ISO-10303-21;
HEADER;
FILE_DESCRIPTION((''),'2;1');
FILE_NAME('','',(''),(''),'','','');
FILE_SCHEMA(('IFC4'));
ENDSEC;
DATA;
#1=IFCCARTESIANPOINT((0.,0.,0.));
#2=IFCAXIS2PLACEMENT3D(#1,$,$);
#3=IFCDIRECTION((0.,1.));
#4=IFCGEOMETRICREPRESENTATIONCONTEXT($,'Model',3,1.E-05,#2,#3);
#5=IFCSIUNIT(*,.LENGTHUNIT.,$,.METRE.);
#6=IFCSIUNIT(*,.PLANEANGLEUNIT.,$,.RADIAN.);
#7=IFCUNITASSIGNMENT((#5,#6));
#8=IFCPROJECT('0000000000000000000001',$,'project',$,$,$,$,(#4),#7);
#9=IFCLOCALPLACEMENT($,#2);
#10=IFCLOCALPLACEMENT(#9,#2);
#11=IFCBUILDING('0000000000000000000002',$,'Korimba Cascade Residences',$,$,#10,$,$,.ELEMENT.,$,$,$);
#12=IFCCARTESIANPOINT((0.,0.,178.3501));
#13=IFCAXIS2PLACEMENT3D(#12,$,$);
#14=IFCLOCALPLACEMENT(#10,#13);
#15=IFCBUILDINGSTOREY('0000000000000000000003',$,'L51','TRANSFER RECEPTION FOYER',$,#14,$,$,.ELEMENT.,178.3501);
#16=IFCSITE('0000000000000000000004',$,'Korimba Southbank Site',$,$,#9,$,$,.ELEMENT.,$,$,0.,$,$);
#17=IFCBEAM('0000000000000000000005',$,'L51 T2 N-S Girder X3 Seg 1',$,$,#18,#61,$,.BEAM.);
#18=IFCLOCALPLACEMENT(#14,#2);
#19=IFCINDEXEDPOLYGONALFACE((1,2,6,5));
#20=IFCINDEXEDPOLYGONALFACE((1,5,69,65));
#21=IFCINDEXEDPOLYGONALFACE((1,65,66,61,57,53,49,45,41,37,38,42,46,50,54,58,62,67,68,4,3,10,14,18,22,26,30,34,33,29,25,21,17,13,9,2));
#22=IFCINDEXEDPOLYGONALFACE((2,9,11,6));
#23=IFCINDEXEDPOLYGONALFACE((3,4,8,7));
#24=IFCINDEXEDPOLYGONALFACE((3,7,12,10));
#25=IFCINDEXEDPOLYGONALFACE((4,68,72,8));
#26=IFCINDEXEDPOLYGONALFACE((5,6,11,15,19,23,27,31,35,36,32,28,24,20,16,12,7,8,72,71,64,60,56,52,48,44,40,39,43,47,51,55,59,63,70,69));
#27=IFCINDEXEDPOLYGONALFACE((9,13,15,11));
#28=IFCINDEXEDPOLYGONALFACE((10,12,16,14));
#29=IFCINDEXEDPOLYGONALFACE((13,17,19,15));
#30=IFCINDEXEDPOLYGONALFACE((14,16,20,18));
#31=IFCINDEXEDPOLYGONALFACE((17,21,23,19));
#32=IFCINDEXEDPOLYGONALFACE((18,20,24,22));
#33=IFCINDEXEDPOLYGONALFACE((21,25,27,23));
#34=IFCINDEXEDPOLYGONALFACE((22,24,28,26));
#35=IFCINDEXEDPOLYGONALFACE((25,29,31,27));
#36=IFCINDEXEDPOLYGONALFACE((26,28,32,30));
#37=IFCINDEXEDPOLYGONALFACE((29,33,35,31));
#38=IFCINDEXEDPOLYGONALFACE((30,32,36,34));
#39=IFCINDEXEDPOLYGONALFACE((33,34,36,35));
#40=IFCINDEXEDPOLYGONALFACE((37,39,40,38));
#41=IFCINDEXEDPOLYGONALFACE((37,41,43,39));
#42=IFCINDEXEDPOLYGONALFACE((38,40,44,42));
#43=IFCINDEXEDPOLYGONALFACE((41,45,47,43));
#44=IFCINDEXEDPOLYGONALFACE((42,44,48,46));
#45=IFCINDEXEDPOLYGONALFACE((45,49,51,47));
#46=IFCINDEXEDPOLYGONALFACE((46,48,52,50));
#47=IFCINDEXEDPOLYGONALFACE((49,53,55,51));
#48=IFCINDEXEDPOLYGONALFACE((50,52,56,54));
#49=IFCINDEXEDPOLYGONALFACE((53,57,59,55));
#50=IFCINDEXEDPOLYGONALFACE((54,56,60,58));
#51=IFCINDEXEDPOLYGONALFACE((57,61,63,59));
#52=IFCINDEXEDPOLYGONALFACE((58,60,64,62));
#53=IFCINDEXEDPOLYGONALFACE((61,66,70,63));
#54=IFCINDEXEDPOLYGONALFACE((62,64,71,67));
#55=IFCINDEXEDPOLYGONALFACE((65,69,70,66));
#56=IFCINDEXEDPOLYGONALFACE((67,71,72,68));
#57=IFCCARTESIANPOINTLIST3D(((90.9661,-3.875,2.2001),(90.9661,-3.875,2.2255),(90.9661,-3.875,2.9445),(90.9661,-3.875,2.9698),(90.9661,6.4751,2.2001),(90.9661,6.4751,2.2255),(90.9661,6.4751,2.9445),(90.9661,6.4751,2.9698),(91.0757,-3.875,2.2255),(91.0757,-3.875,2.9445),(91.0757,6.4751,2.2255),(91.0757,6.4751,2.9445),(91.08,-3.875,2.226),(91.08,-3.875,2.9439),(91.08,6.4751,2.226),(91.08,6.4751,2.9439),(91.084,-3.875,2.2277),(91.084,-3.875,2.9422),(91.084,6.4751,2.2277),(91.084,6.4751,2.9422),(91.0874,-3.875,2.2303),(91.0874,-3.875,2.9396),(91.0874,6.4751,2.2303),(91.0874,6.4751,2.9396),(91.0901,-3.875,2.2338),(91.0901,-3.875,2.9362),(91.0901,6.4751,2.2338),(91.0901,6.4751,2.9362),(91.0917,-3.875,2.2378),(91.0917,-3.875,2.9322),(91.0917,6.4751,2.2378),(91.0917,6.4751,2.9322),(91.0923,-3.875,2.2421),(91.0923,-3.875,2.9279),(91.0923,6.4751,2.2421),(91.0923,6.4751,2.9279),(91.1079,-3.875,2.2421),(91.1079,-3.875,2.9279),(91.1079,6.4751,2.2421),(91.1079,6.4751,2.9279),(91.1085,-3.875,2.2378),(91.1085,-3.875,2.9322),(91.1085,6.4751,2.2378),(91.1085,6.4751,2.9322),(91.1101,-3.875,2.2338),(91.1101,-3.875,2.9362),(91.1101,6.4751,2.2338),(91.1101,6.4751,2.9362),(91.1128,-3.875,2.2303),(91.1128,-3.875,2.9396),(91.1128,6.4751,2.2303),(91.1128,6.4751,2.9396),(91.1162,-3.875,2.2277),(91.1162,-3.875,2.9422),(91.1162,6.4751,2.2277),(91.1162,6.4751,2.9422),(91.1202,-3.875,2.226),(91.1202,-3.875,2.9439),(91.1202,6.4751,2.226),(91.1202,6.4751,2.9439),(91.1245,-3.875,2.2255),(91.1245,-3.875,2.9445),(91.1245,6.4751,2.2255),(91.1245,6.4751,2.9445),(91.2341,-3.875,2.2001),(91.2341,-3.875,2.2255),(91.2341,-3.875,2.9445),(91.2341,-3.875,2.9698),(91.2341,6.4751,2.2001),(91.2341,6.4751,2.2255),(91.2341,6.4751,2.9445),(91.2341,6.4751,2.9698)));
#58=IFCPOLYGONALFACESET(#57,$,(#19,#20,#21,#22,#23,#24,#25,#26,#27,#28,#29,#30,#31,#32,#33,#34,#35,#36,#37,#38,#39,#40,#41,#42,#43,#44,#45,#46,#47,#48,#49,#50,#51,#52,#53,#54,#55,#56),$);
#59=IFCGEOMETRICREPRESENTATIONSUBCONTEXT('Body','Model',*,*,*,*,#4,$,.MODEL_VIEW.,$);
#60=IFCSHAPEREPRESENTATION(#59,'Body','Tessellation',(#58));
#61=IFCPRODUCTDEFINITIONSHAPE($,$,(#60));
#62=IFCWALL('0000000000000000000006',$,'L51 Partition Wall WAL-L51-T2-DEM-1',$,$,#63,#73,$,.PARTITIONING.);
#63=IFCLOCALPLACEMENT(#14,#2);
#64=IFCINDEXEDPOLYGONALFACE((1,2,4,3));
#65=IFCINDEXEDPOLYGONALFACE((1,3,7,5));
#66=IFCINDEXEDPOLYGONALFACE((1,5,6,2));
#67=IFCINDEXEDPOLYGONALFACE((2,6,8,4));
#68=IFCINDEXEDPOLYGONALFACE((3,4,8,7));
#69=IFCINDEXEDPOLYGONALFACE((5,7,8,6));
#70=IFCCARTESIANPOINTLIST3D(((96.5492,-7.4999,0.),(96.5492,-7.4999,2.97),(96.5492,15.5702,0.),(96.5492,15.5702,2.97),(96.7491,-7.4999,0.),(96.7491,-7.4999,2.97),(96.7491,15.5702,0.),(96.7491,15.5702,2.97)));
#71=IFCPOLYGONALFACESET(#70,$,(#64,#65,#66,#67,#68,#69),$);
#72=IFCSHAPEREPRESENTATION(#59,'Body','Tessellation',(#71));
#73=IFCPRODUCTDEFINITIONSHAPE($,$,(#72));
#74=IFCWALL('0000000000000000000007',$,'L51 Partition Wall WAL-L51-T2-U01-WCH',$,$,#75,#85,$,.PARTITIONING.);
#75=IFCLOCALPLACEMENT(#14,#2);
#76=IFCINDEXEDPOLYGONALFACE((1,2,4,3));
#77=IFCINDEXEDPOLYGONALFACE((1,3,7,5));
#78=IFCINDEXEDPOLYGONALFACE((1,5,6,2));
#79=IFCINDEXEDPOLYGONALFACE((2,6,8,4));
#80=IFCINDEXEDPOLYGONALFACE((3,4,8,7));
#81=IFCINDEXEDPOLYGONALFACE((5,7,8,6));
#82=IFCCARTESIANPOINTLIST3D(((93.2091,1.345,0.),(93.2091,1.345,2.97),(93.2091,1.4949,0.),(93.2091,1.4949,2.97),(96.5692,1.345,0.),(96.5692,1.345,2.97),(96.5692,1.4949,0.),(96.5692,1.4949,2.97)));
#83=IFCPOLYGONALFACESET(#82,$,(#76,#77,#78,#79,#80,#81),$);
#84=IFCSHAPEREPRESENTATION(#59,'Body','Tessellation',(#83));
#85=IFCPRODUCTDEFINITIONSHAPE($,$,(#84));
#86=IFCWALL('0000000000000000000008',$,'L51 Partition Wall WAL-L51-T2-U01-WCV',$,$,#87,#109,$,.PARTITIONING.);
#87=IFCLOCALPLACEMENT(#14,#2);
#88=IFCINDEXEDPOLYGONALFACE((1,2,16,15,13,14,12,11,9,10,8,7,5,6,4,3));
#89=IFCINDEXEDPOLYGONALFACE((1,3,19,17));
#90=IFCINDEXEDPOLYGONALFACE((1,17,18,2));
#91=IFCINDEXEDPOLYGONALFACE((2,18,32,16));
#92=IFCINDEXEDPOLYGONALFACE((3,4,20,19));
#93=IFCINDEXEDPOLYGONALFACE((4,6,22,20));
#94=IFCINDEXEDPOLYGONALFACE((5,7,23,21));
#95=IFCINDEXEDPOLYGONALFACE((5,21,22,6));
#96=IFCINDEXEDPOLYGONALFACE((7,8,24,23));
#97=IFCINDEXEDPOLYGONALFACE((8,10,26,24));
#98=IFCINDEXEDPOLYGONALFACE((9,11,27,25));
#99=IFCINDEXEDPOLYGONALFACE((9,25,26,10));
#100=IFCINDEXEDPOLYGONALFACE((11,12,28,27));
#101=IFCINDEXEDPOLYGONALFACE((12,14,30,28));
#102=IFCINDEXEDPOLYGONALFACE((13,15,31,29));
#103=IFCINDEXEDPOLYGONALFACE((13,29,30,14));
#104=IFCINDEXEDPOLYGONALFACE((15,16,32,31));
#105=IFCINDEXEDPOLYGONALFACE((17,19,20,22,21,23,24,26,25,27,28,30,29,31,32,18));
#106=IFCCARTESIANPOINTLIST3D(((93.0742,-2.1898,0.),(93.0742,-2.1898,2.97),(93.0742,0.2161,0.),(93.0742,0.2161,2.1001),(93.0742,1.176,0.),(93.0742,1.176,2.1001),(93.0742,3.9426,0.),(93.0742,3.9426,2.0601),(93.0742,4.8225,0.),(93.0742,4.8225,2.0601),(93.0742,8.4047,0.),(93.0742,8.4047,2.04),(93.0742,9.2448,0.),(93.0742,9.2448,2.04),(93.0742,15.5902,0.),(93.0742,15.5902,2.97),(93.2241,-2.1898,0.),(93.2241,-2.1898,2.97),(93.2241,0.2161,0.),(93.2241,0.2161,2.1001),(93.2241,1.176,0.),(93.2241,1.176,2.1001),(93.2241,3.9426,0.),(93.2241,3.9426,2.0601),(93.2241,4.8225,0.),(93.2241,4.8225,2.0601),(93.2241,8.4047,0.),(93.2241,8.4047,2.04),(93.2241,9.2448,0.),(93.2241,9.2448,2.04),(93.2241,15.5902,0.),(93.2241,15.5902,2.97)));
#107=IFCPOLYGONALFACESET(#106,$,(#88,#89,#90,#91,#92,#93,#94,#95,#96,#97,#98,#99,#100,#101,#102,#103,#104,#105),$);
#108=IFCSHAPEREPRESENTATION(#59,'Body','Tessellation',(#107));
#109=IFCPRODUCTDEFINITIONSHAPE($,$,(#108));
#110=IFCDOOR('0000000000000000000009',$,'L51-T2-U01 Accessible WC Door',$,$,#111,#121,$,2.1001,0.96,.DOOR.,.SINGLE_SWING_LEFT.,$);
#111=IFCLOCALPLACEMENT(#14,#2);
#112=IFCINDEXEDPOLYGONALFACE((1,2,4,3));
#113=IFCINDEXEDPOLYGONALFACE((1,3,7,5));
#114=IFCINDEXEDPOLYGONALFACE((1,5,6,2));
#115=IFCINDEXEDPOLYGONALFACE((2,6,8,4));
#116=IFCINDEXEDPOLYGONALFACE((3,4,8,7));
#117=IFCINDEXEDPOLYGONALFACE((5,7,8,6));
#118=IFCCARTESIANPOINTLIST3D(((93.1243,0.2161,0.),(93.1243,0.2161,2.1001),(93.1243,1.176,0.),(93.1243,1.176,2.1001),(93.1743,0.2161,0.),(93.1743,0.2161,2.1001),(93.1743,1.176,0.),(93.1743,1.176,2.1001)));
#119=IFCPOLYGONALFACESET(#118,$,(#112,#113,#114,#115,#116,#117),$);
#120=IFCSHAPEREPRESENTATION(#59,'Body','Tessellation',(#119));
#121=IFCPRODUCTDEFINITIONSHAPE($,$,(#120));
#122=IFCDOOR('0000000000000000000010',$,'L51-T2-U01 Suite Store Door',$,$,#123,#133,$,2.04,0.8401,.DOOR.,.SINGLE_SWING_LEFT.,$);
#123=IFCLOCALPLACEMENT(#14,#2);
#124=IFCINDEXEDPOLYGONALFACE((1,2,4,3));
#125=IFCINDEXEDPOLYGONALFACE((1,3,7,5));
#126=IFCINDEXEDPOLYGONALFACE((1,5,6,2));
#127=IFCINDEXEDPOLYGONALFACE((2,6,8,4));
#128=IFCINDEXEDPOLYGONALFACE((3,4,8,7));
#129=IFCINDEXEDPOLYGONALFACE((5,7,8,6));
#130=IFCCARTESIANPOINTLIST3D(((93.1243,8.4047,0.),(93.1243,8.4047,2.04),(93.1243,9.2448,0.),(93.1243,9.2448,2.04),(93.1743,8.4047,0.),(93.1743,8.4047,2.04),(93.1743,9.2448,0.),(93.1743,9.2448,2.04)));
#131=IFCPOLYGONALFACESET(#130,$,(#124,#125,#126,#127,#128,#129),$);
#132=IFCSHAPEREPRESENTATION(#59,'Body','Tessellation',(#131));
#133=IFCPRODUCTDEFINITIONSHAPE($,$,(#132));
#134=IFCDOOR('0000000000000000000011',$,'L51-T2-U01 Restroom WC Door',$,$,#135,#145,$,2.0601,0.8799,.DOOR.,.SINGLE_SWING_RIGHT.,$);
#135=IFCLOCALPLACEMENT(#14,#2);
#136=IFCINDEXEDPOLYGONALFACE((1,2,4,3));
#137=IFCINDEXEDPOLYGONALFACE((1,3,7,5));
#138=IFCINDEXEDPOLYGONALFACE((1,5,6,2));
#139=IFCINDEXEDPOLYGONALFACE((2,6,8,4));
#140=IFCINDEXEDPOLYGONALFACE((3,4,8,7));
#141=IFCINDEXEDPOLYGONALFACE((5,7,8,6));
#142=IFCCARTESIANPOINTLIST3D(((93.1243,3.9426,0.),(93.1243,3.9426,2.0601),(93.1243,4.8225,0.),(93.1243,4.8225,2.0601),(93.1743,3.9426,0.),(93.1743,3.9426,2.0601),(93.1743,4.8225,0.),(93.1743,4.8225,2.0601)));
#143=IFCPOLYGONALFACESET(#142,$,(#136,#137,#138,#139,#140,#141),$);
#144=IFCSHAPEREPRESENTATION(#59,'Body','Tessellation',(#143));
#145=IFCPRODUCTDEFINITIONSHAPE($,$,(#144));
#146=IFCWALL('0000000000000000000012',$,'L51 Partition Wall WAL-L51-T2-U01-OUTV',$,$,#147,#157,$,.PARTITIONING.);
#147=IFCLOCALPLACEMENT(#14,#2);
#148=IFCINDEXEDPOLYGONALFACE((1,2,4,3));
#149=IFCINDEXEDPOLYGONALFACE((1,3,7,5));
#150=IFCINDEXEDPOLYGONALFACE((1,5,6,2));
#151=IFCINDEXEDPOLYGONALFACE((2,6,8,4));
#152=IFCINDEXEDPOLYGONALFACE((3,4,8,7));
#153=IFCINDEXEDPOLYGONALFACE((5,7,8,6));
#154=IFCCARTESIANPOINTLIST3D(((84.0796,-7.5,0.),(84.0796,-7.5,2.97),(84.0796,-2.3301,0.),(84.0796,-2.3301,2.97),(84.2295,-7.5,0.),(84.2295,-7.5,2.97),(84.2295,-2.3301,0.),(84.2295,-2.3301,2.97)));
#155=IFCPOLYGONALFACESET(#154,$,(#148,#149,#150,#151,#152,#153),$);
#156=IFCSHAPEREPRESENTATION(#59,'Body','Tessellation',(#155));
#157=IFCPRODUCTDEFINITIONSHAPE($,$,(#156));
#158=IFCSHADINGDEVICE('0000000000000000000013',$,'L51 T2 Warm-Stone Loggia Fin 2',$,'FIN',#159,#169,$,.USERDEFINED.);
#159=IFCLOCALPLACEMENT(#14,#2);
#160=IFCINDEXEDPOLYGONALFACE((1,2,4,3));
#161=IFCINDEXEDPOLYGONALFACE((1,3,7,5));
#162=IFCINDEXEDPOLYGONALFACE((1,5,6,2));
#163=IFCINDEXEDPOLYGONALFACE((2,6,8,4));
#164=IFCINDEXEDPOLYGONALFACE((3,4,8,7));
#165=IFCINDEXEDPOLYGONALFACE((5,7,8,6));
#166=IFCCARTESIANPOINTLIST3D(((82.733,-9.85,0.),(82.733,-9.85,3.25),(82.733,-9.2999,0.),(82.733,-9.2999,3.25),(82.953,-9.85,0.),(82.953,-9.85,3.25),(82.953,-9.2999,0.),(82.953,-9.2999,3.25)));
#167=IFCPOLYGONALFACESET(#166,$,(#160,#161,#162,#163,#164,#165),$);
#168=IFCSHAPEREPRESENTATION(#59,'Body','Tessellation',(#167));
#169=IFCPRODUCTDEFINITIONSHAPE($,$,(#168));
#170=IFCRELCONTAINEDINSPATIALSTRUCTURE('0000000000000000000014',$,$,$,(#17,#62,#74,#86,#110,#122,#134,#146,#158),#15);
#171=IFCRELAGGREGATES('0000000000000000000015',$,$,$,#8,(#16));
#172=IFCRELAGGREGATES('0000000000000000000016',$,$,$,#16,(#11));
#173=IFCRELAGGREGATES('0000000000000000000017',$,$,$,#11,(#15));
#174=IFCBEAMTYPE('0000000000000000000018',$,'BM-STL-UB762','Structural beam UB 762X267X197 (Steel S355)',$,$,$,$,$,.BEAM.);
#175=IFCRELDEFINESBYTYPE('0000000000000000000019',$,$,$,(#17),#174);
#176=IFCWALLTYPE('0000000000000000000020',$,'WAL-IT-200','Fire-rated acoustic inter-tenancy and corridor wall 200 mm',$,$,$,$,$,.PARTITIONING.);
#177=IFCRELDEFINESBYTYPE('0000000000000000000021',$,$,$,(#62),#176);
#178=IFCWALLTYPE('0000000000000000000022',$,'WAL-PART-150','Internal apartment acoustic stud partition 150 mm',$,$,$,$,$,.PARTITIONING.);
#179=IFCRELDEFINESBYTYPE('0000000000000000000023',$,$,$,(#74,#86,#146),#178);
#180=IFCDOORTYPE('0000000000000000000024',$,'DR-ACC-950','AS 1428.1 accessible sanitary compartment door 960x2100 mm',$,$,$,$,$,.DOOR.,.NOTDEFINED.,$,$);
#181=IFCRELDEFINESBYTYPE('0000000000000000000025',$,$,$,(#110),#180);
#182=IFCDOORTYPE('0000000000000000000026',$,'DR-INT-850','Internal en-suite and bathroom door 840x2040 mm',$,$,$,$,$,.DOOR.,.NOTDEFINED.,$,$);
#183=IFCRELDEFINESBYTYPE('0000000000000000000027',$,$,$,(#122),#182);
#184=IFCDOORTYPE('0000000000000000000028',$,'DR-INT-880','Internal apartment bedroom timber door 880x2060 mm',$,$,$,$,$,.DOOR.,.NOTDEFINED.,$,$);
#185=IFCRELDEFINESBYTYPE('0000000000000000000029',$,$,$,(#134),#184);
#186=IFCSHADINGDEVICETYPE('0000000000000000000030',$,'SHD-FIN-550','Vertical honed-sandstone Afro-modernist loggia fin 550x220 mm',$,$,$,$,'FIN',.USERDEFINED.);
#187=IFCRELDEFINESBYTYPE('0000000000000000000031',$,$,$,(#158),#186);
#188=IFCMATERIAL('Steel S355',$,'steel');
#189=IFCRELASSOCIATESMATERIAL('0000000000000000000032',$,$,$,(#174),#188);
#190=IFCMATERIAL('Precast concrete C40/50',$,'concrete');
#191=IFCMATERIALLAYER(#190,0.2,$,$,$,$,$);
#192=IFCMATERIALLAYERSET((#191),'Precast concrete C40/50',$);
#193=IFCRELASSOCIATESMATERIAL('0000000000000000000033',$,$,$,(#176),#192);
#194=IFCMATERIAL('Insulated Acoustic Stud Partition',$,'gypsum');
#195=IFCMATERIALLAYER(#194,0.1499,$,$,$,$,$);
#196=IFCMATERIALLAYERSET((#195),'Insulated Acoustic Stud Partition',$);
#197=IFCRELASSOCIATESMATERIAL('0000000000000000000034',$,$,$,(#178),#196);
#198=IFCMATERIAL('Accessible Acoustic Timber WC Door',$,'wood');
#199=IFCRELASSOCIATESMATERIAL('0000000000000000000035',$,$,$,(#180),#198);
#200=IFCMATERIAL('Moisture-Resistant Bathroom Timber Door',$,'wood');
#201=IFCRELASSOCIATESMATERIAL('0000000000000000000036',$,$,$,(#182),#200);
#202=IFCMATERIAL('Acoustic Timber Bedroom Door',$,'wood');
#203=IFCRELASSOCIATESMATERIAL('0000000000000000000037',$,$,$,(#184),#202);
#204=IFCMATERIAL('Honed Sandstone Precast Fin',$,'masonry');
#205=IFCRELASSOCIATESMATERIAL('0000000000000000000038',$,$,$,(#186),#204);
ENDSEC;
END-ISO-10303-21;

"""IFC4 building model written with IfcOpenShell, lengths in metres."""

from ifc_helpers import new_model, si_unit, direction, frame, frame_2d, origin, origin_2d, place, context, subcontext, project, spatial, rectangle, i_section, extrude, material, layer, layer_set, material_profile, profile_set, type_object, element, fill, save


model = new_model("IFC4")

# Units and contexts
model_context = context("Model", 3, precision=1e-05, world=origin(), true_north=direction((0.0, 1.0)))
body_context = subcontext(model_context, "Body", "Model", "MODEL_VIEW")
ifc_project = project(units=[si_unit("LENGTHUNIT", "METRE"), si_unit("PLANEANGLEUNIT", "RADIAN")], contexts=[model_context])

# Site, building, storey
site_placement = place(None, origin())
site = spatial("IfcSite", under=ifc_project, at=site_placement, Name="Korimba Southbank Site", CompositionType="ELEMENT", RefElevation=0.0)
building_placement = place(site_placement, origin())
building = spatial("IfcBuilding", under=site, at=building_placement, Name="Korimba Cascade Residences", CompositionType="ELEMENT")
storey_placement = place(building_placement, frame((0.0, 0.0, 178.3501)))
storey = spatial("IfcBuildingStorey", under=building, at=storey_placement, Name="L51", Description="TRANSFER RECEPTION FOYER", CompositionType="ELEMENT", Elevation=178.3501)

# Beam
ifc_material_1 = material(Name="Steel S355", Category="steel")
ifc_material_profile_1 = material_profile(ifc_material_1, i_section(OverallWidth=0.2681, OverallDepth=0.7698, WebThickness=0.0156, FlangeThickness=0.0254, FilletRadius=0.0166, at=origin_2d()), Name="Steel S355")
ifc_profile_set_1 = profile_set([ifc_material_profile_1], Name="Steel S355")
beam_type_1 = type_object("IfcBeamType", Name="BM-STL-UB762", Description="Structural beam UB 762X267X197 (Steel S355)", PredefinedType="BEAM", material=ifc_profile_set_1)
for number, where, z_axis, x_axis, name in (
    (1, (91.1001, -3.875, 2.585), (0.0, 1.0, 0.0), (-1.0, 0.0, 0.0), "L51 T2 N-S Girder X3 Seg 1"),
):
    element("IfcBeam", number, at=place(storey_placement, frame(where, z_axis=z_axis, x_axis=x_axis)), inside=storey, type_object=beam_type_1, Name=name, PredefinedType="BEAM", context=body_context, shape_type="SweptSolid", body=[
        extrude(i_section(OverallWidth=0.2681, OverallDepth=0.7698, WebThickness=0.0156, FlangeThickness=0.0254, FilletRadius=0.0166, at=origin_2d()), origin(), (0.0, 0.0, 1.0), 10.3501),
    ])

# Walls
ifc_material_2 = material(Name="Precast concrete C40/50", Category="concrete")
ifc_layer_1 = layer(ifc_material_2, 0.2)
ifc_layer_set_1 = layer_set([ifc_layer_1], Name="Precast concrete C40/50")
wall_type_1 = type_object("IfcWallType", Name="WAL-IT-200", Description="Fire-rated acoustic inter-tenancy and corridor wall 200 mm", PredefinedType="PARTITIONING", material=ifc_layer_set_1)
wall_1_placement = place(storey_placement, frame((96.6492, -7.5, 0.0), z_axis=(0.0, 0.0, 1.0), x_axis=(0.0, 1.0, 0.0)))
element("IfcWall", 2, at=wall_1_placement, inside=storey, type_object=wall_type_1, Name="L51 Partition Wall WAL-L51-T2-DEM-1", PredefinedType="PARTITIONING", context=body_context, shape_type="SweptSolid", body=[
    extrude(rectangle(XDim=23.0701, YDim=0.2, at=frame_2d((11.5352, 0.0))), origin(), (0.0, 0.0, 1.0), 2.97),
])
ifc_material_3 = material(Name="Insulated Acoustic Stud Partition", Category="gypsum")
ifc_layer_2 = layer(ifc_material_3, 0.1499)
ifc_layer_set_2 = layer_set([ifc_layer_2], Name="Insulated Acoustic Stud Partition")
wall_type_2 = type_object("IfcWallType", Name="WAL-PART-150", Description="Internal apartment acoustic stud partition 150 mm", PredefinedType="PARTITIONING", material=ifc_layer_set_2)
wall_2_placement = place(storey_placement, frame((93.209, 1.4199, 0.0), z_axis=(0.0, 0.0, 1.0), x_axis=(1.0, 0.0, 0.0)))
element("IfcWall", 3, at=wall_2_placement, inside=storey, type_object=wall_type_2, Name="L51 Partition Wall WAL-L51-T2-U01-WCH", PredefinedType="PARTITIONING", context=body_context, shape_type="SweptSolid", body=[
    extrude(rectangle(XDim=3.3601, YDim=0.1499, at=frame_2d((1.6802, 0.0))), origin(), (0.0, 0.0, 1.0), 2.97),
])

# Wall, openings, doors
wall_3_placement = place(storey_placement, frame((93.1492, -2.1899, 0.0), z_axis=(0.0, 0.0, 1.0), x_axis=(0.0, 1.0, 0.0)))
wall_3 = element("IfcWall", 4, at=wall_3_placement, inside=storey, type_object=wall_type_2, Name="L51 Partition Wall WAL-L51-T2-U01-WCV", PredefinedType="PARTITIONING", context=body_context, shape_type="SweptSolid", body=[
    extrude(rectangle(XDim=17.78, YDim=0.1499, at=frame_2d((8.8901, 0.0))), origin(), (0.0, 0.0, 1.0), 2.97),
])
opening_1_placement = place(wall_3_placement, frame((2.406, 0.0, 0.0)))
opening_1 = element("IfcOpeningElement", 5, at=opening_1_placement, cuts=wall_3, PredefinedType="OPENING", context=body_context, shape_type="SweptSolid", body=[
    extrude(rectangle(XDim=0.96, YDim=2.1001, at=frame_2d((0.48, 1.05))), frame((0.0, 0.085, 0.0), z_axis=(0.0, -1.0, 0.0), x_axis=(1.0, 0.0, 0.0)), (0.0, 0.0, 1.0), 0.1699),
])
opening_2_placement = place(wall_3_placement, frame((6.1326, 0.0, 0.0)))
opening_2 = element("IfcOpeningElement", 6, at=opening_2_placement, cuts=wall_3, PredefinedType="OPENING", context=body_context, shape_type="SweptSolid", body=[
    extrude(rectangle(XDim=0.8799, YDim=2.0601, at=frame_2d((0.4399, 1.03))), frame((0.0, 0.085, 0.0), z_axis=(0.0, -1.0, 0.0), x_axis=(1.0, 0.0, 0.0)), (0.0, 0.0, 1.0), 0.1699),
])
opening_3_placement = place(wall_3_placement, frame((10.5947, 0.0, 0.0)))
opening_3 = element("IfcOpeningElement", 7, at=opening_3_placement, cuts=wall_3, PredefinedType="OPENING", context=body_context, shape_type="SweptSolid", body=[
    extrude(rectangle(XDim=0.8401, YDim=2.04, at=frame_2d((0.4199, 1.02))), frame((0.0, 0.085, 0.0), z_axis=(0.0, -1.0, 0.0), x_axis=(1.0, 0.0, 0.0)), (0.0, 0.0, 1.0), 0.1699),
])
ifc_material_4 = material(Name="Accessible Acoustic Timber WC Door", Category="wood")
door_type_1 = type_object("IfcDoorType", Name="DR-ACC-950", Description="AS 1428.1 accessible sanitary compartment door 960x2100 mm", OperationType="NOTDEFINED", PredefinedType="DOOR", material=ifc_material_4)
door_1_placement = place(opening_1_placement, origin())
door_1 = element("IfcDoor", 8, at=door_1_placement, inside=storey, type_object=door_type_1, Name="L51-T2-U01 Accessible WC Door", OperationType="SINGLE_SWING_LEFT", OverallHeight=2.1001, OverallWidth=0.96, PredefinedType="DOOR", context=body_context, shape_type="SweptSolid", body=[
    extrude(rectangle(XDim=0.96, YDim=2.1001, at=frame_2d((0.48, 1.05))), frame((0.0, 0.0249, 0.0), z_axis=(0.0, -1.0, 0.0), x_axis=(1.0, 0.0, 0.0)), (0.0, 0.0, 1.0), 0.05),
])
fill(opening_1, door_1)
ifc_material_5 = material(Name="Moisture-Resistant Bathroom Timber Door", Category="wood")
door_type_2 = type_object("IfcDoorType", Name="DR-INT-850", Description="Internal en-suite and bathroom door 840x2040 mm", OperationType="NOTDEFINED", PredefinedType="DOOR", material=ifc_material_5)
door_2_placement = place(opening_3_placement, origin())
door_2 = element("IfcDoor", 9, at=door_2_placement, inside=storey, type_object=door_type_2, Name="L51-T2-U01 Suite Store Door", OperationType="SINGLE_SWING_LEFT", OverallHeight=2.04, OverallWidth=0.8401, PredefinedType="DOOR", context=body_context, shape_type="SweptSolid", body=[
    extrude(rectangle(XDim=0.8401, YDim=2.04, at=frame_2d((0.4199, 1.02))), frame((0.0, 0.0249, 0.0), z_axis=(0.0, -1.0, 0.0), x_axis=(1.0, 0.0, 0.0)), (0.0, 0.0, 1.0), 0.05),
])
fill(opening_3, door_2)
ifc_material_6 = material(Name="Acoustic Timber Bedroom Door", Category="wood")
door_type_3 = type_object("IfcDoorType", Name="DR-INT-880", Description="Internal apartment bedroom timber door 880x2060 mm", OperationType="NOTDEFINED", PredefinedType="DOOR", material=ifc_material_6)
door_3_placement = place(opening_2_placement, origin())
door_3 = element("IfcDoor", 10, at=door_3_placement, inside=storey, type_object=door_type_3, Name="L51-T2-U01 Restroom WC Door", OperationType="SINGLE_SWING_RIGHT", OverallHeight=2.0601, OverallWidth=0.8799, PredefinedType="DOOR", context=body_context, shape_type="SweptSolid", body=[
    extrude(rectangle(XDim=0.8799, YDim=2.0601, at=frame_2d((0.4399, 1.03))), frame((0.0, 0.0249, 0.0), z_axis=(0.0, -1.0, 0.0), x_axis=(1.0, 0.0, 0.0)), (0.0, 0.0, 1.0), 0.05),
])
fill(opening_2, door_3)

# Wall
wall_4_placement = place(storey_placement, frame((84.1545, -7.5, 0.0), z_axis=(0.0, 0.0, 1.0), x_axis=(0.0, 1.0, 0.0)))
element("IfcWall", 11, at=wall_4_placement, inside=storey, type_object=wall_type_2, Name="L51 Partition Wall WAL-L51-T2-U01-OUTV", PredefinedType="PARTITIONING", context=body_context, shape_type="SweptSolid", body=[
    extrude(rectangle(XDim=5.1699, YDim=0.1499, at=frame_2d((2.585, 0.0))), origin(), (0.0, 0.0, 1.0), 2.97),
])

# Shading device
ifc_material_7 = material(Name="Honed Sandstone Precast Fin", Category="masonry")
shading_device_type = type_object("IfcShadingDeviceType", Name="SHD-FIN-550", Description="Vertical honed-sandstone Afro-modernist loggia fin 550x220 mm", ElementType="FIN", PredefinedType="USERDEFINED", material=ifc_material_7)
for number, where, z_axis, x_axis, name in (
    (12, (82.843, -9.575, 0.0), (0.0, 0.0, 1.0), (1.0, 0.0, 0.0), "L51 T2 Warm-Stone Loggia Fin 2"),
):
    element("IfcShadingDevice", number, at=place(storey_placement, frame(where, z_axis=z_axis, x_axis=x_axis)), inside=storey, type_object=shading_device_type, Name=name, ObjectType="FIN", PredefinedType="USERDEFINED", context=body_context, shape_type="SweptSolid", body=[
        extrude(rectangle(XDim=0.22, YDim=0.55, at=origin_2d()), origin(), (0.0, 0.0, 1.0), 3.25),
    ])

save(model, "model.ifc")
